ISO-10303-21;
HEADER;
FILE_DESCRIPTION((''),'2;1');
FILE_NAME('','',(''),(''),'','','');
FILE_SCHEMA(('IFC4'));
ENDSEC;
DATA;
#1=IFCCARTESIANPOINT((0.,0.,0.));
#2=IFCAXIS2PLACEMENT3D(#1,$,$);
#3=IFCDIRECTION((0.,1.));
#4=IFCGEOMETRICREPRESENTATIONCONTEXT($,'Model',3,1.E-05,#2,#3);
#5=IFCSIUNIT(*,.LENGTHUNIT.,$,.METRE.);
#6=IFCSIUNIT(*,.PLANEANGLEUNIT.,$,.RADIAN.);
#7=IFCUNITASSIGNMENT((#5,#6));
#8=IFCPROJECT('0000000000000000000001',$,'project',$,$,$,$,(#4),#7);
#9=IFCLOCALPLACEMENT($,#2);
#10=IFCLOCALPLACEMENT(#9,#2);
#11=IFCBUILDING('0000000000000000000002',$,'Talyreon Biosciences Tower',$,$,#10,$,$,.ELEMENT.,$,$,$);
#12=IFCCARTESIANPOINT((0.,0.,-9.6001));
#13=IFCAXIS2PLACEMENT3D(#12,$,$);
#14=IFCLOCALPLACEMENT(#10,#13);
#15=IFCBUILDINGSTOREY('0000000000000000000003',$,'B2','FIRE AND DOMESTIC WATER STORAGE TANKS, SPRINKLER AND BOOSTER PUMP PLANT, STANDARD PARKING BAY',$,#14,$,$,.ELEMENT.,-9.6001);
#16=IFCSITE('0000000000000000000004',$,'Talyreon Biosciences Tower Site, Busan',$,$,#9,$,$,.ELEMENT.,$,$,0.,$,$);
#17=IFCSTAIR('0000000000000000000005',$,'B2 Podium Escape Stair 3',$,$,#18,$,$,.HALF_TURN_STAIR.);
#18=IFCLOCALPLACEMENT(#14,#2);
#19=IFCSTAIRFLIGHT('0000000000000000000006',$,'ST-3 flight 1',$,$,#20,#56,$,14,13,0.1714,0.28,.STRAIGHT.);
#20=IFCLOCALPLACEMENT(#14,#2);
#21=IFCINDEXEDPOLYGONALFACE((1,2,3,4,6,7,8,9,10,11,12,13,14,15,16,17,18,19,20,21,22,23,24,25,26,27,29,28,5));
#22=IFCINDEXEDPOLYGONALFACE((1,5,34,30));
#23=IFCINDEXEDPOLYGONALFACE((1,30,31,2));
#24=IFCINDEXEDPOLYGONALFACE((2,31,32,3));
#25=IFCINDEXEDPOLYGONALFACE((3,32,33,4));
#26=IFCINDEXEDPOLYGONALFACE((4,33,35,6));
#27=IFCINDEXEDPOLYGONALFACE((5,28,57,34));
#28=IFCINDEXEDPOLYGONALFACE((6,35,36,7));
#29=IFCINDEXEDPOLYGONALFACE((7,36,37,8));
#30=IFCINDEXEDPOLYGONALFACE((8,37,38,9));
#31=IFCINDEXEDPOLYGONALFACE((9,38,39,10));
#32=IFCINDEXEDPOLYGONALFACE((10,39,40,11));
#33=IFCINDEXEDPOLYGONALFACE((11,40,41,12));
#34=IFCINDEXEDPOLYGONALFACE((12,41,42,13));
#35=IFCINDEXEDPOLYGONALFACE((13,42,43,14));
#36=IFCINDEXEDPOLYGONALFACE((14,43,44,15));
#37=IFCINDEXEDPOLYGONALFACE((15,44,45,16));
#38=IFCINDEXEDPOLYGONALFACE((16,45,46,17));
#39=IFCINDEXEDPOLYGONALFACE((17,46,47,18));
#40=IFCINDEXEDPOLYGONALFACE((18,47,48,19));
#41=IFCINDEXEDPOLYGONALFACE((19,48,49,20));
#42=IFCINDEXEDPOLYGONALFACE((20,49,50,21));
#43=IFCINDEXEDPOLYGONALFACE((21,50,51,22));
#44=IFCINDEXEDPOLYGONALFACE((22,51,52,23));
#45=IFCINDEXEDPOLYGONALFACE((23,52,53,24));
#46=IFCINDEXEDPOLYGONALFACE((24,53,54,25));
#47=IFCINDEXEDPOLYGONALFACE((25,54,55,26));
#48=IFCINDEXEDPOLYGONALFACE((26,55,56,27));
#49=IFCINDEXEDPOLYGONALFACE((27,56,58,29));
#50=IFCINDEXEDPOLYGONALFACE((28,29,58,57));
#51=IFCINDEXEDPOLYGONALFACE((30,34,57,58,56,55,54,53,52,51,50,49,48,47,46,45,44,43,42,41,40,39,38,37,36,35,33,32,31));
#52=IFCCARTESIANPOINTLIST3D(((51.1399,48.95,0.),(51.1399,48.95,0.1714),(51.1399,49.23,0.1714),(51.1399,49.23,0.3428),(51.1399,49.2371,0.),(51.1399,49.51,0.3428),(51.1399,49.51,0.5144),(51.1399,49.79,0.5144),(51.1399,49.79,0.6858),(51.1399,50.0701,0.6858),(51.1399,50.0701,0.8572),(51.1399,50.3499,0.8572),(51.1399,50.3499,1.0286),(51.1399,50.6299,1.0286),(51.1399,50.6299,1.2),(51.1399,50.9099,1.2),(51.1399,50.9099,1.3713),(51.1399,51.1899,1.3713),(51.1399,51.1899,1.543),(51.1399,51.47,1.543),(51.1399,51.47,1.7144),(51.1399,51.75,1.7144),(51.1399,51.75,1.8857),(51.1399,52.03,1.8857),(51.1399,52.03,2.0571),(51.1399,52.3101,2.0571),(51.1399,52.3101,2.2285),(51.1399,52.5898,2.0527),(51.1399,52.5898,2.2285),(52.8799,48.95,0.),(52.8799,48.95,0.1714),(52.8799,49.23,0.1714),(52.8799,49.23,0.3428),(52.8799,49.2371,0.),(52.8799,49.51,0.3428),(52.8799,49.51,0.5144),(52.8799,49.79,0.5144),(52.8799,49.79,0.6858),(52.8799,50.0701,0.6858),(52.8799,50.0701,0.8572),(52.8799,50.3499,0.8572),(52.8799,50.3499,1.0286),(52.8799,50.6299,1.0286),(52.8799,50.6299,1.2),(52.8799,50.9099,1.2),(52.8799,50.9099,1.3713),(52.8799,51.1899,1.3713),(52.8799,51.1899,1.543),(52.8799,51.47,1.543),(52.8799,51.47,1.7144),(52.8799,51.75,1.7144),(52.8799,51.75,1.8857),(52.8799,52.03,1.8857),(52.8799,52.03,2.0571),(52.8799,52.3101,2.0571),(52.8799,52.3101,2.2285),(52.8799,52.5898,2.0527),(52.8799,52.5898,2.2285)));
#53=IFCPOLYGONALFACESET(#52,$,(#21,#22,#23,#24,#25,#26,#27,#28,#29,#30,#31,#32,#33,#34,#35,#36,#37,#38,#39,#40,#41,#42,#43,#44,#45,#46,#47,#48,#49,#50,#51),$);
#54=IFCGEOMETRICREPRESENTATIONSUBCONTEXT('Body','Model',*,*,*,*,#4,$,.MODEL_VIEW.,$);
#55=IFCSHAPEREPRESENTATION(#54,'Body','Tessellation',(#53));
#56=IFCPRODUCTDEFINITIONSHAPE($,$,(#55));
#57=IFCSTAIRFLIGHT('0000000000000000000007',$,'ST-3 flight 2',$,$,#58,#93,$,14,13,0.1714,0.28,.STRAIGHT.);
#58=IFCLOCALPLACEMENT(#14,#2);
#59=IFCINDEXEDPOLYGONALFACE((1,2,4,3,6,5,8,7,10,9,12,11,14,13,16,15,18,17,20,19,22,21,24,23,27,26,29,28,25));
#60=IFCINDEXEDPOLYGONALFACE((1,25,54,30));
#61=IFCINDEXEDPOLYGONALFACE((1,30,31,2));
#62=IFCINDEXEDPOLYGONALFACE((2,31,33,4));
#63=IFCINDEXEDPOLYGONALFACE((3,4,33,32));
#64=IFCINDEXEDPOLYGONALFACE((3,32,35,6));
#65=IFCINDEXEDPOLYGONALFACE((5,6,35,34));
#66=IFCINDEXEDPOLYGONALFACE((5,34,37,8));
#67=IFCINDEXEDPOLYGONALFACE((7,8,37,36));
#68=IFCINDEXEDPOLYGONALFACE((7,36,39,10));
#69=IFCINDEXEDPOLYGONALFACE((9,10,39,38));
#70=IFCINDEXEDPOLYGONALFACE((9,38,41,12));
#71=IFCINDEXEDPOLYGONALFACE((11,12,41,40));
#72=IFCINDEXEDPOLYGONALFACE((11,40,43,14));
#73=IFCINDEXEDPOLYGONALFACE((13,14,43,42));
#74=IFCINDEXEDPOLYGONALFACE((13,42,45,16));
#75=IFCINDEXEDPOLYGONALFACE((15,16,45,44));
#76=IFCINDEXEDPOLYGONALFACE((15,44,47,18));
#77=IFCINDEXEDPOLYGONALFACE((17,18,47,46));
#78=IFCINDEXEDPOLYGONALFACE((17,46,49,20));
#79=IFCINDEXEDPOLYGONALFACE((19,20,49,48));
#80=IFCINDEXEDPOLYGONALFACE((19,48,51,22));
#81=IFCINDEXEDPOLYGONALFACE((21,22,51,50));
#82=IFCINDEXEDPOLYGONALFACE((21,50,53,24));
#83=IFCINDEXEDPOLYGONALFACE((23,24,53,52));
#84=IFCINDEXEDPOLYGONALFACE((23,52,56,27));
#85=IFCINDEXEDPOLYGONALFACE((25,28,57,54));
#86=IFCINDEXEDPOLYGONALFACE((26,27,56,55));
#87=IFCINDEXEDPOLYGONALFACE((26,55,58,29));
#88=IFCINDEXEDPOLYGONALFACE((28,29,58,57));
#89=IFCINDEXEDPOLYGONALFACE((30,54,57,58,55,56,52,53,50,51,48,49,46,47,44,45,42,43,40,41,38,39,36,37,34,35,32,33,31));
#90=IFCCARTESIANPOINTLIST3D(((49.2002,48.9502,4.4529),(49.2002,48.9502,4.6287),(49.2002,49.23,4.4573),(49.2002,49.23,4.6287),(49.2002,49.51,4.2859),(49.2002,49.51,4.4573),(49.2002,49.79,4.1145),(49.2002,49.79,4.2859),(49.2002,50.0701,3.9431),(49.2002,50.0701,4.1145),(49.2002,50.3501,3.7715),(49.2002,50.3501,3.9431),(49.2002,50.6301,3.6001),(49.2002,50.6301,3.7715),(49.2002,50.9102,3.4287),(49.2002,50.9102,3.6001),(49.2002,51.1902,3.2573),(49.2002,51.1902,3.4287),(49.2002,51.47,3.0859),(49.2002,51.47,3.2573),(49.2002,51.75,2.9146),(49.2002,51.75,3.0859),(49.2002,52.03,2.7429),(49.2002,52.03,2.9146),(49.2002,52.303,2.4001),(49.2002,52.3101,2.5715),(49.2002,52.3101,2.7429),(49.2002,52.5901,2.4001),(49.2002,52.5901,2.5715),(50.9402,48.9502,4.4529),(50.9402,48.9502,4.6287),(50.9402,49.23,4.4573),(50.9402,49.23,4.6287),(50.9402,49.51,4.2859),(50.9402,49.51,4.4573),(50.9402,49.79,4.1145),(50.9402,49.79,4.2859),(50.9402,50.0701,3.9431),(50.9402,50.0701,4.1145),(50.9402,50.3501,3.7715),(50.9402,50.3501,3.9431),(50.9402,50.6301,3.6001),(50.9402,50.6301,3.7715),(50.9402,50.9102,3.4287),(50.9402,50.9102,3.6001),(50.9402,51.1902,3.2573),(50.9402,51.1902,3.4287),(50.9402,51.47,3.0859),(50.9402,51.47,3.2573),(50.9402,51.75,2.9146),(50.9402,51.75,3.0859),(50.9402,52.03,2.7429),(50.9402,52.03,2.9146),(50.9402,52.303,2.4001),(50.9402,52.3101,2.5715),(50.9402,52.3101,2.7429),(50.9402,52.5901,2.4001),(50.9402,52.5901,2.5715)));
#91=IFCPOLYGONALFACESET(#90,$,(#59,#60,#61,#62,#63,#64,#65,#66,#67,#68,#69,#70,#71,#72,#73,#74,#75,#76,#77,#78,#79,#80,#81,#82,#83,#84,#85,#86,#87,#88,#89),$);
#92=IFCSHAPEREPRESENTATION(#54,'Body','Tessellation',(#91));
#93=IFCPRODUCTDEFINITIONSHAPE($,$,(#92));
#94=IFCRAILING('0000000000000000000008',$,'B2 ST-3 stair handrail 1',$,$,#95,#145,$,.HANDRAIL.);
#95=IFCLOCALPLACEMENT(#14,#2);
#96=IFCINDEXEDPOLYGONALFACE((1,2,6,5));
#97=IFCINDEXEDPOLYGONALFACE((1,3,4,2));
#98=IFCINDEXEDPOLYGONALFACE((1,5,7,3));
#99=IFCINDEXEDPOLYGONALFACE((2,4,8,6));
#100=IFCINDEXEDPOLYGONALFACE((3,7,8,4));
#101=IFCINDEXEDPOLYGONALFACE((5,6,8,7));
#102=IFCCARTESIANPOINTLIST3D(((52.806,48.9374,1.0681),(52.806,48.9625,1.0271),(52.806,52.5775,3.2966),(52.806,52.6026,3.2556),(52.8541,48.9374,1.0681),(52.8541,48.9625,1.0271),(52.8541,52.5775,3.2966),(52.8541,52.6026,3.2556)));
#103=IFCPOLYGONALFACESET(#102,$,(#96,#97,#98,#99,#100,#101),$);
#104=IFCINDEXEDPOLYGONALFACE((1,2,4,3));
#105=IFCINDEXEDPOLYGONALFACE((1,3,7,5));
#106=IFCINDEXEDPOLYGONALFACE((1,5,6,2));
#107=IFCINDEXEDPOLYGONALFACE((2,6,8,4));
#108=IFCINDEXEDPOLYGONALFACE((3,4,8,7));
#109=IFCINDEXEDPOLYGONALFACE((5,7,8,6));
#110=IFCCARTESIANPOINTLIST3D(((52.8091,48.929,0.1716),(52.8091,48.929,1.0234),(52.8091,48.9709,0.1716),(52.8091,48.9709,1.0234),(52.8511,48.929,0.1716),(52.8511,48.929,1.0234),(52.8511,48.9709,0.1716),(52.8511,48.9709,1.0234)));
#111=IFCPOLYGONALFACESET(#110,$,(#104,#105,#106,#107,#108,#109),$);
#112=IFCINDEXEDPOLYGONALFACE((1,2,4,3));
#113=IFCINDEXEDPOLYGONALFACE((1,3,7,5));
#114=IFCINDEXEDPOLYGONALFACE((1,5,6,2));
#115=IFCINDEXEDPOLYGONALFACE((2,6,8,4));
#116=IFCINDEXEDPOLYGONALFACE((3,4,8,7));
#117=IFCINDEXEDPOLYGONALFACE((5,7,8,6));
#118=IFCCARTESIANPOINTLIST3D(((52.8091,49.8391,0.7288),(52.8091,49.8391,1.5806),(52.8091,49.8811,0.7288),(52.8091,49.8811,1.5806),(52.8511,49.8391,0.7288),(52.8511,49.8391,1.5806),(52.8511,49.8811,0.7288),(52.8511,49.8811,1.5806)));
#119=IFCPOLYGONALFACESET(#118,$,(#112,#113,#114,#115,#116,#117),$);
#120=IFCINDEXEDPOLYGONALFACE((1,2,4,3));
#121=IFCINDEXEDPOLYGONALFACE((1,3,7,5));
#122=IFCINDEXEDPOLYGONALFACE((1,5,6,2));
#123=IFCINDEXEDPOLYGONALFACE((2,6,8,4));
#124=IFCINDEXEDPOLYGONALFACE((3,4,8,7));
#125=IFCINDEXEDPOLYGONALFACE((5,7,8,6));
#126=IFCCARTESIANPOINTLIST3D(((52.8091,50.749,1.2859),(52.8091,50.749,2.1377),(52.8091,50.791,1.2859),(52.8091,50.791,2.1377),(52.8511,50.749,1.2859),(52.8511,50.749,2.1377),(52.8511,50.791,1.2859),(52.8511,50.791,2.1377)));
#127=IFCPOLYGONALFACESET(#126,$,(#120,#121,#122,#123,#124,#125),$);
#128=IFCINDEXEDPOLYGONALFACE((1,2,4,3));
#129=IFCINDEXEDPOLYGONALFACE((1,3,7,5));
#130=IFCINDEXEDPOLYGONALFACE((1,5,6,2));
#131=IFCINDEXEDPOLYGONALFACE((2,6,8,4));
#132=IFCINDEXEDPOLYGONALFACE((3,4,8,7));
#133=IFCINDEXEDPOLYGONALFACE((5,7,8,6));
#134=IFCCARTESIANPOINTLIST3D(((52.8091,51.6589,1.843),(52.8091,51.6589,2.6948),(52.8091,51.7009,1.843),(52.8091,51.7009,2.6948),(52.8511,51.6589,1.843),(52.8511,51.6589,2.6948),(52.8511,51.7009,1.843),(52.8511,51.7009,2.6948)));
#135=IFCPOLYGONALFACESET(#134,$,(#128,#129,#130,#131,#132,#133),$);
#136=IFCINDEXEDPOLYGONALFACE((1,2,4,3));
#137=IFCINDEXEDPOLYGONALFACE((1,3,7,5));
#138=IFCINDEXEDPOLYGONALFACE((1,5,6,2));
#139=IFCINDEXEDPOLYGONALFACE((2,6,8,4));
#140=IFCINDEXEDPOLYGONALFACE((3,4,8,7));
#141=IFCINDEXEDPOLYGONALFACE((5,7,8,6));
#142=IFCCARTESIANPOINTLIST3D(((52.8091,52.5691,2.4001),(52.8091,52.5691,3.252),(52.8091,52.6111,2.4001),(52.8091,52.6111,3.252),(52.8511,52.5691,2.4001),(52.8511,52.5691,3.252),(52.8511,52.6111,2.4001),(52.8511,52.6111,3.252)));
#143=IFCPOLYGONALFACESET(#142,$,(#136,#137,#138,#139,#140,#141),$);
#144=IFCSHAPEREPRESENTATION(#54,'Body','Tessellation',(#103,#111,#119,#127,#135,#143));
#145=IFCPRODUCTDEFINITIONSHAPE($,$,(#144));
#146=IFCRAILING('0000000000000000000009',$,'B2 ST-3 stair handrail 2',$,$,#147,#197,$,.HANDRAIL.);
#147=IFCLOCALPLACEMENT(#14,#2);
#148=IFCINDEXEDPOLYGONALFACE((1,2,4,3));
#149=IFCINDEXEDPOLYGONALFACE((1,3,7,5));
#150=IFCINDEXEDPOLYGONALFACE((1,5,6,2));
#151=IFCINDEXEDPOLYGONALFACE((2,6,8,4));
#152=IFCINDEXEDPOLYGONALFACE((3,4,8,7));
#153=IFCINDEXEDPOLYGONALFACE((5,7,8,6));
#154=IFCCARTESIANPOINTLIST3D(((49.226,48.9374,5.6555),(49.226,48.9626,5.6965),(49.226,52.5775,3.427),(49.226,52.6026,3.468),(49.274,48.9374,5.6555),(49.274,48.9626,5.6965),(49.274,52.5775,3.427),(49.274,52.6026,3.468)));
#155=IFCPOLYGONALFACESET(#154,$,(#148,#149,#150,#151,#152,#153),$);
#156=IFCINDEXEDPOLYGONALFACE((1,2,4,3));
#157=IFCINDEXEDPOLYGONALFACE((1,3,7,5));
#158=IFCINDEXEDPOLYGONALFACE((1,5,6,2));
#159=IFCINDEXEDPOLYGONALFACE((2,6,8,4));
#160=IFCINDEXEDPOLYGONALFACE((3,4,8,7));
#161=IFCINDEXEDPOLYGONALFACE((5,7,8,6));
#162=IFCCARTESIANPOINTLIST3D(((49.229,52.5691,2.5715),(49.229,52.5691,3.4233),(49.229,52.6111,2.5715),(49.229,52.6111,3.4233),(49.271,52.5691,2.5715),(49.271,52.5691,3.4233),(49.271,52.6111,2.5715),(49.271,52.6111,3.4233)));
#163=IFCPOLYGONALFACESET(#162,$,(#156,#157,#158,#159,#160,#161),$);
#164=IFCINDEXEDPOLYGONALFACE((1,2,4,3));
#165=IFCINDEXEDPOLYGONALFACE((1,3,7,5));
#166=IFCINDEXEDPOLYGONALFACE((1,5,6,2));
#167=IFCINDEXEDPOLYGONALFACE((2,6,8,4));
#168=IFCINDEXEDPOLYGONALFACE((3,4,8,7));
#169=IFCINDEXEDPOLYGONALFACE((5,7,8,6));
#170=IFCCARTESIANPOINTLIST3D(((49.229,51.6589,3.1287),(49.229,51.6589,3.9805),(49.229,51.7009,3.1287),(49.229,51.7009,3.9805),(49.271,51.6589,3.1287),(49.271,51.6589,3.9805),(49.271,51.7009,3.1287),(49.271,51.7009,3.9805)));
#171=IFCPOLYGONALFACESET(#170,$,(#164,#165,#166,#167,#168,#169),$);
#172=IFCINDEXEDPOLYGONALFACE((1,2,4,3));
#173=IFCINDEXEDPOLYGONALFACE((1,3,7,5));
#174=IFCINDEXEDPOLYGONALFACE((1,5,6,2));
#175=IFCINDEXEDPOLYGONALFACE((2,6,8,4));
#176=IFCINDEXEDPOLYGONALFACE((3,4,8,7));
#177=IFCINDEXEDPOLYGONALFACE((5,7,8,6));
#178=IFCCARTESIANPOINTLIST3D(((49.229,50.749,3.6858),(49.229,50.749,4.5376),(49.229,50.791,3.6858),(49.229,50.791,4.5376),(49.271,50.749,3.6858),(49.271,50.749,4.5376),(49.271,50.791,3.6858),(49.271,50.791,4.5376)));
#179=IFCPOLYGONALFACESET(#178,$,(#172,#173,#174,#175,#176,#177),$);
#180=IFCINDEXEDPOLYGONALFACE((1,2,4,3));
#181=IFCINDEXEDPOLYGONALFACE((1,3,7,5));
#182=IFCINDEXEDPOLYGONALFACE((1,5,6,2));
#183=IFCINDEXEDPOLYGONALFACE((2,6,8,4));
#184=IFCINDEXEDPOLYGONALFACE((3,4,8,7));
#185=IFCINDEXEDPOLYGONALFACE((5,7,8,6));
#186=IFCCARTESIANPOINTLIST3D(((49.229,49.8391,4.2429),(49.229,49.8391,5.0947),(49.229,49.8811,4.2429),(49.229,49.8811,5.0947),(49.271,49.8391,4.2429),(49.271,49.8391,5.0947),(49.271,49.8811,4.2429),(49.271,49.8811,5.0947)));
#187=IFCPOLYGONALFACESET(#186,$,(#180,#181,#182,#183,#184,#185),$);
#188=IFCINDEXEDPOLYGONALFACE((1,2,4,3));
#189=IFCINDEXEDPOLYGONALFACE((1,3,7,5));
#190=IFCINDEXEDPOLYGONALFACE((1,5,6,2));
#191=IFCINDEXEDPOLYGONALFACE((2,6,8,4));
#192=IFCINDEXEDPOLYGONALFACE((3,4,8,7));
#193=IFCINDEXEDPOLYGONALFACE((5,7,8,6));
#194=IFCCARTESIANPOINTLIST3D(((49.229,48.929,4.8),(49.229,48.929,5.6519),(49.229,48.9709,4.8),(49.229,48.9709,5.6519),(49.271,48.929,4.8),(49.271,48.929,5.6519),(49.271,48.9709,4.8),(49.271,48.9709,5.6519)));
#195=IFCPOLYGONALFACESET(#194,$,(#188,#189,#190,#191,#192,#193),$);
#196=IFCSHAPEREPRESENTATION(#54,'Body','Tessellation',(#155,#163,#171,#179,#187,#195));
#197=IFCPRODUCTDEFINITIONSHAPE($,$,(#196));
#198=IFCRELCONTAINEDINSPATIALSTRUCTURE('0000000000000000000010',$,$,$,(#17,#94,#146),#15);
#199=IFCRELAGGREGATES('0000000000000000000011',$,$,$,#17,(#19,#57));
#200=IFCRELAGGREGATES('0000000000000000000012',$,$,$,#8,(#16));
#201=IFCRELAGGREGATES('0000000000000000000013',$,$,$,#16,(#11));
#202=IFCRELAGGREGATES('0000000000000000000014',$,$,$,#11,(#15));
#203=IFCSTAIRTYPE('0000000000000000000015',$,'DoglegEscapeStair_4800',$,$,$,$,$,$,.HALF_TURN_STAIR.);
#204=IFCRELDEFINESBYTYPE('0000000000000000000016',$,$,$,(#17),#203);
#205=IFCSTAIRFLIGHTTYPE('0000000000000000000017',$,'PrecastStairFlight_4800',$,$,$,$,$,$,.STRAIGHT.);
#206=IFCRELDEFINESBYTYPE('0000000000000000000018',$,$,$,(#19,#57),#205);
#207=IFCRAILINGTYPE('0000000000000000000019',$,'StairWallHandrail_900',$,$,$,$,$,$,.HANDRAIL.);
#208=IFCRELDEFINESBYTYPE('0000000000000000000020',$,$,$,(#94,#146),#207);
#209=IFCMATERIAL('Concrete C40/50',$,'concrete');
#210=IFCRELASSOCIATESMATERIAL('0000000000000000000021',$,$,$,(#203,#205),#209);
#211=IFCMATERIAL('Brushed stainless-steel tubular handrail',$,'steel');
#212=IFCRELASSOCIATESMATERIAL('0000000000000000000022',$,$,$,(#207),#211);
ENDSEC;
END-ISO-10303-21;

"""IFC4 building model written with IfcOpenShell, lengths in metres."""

from ifc_helpers import new_model, si_unit, direction, frame, origin, origin_2d, place, context, subcontext, project, spatial, polyline, rectangle, outline, extrude, material, type_object, element, aggregate, save


model = new_model("IFC4")

# Units and contexts
model_context = context("Model", 3, precision=1e-05, world=origin(), true_north=direction((0.0, 1.0)))
body_context = subcontext(model_context, "Body", "Model", "MODEL_VIEW")
ifc_project = project(units=[si_unit("LENGTHUNIT", "METRE"), si_unit("PLANEANGLEUNIT", "RADIAN")], contexts=[model_context])

# Site, building, storey
site_placement = place(None, origin())
site = spatial("IfcSite", under=ifc_project, at=site_placement, Name="Talyreon Biosciences Tower Site, Busan", CompositionType="ELEMENT", RefElevation=0.0)
building_placement = place(site_placement, origin())
building = spatial("IfcBuilding", under=site, at=building_placement, Name="Talyreon Biosciences Tower", CompositionType="ELEMENT")
storey_placement = place(building_placement, frame((0.0, 0.0, -9.6001)))
storey = spatial("IfcBuildingStorey", under=building, at=storey_placement, Name="B2", Description="FIRE AND DOMESTIC WATER STORAGE TANKS, SPRINKLER AND BOOSTER PUMP PLANT, STANDARD PARKING BAY", CompositionType="ELEMENT", Elevation=-9.6001)

# Stair, stair flights
ifc_material_1 = material(Name="Concrete C40/50", Category="concrete")
stair_type = type_object("IfcStairType", Name="DoglegEscapeStair_4800", PredefinedType="HALF_TURN_STAIR", material=ifc_material_1)
stair_placement = place(storey_placement, origin())
stair = element("IfcStair", 1, at=stair_placement, inside=storey, type_object=stair_type, Name="B2 Podium Escape Stair 3", PredefinedType="HALF_TURN_STAIR")
stair_flight_type = type_object("IfcStairFlightType", Name="PrecastStairFlight_4800", PredefinedType="STRAIGHT", material=ifc_material_1)
stair_flight_1_placement = place(storey_placement, frame((52.01, 48.95, 0.0), z_axis=(0.0, 0.0, 1.0), x_axis=(0.0, 1.0, 0.0)))
stair_flight_1 = element("IfcStairFlight", 2, at=stair_flight_1_placement, type_object=stair_flight_type, Name="ST-3 flight 1", NumberOfRisers=14, NumberOfTreads=13, PredefinedType="STRAIGHT", RiserHeight=0.1714, TreadLength=0.28, context=body_context, shape_type="SweptSolid", body=[
    extrude(outline(polyline([(0.0, 0.0), (0.0, 0.1714), (0.28, 0.1714), (0.28, 0.3428), (0.5601, 0.3428), (0.5601, 0.5144), (0.8401, 0.5144), (0.8401, 0.6858), (1.1201, 0.6858), (1.1201, 0.8572), (1.3999, 0.8572), (1.3999, 1.0286), (1.6799, 1.0286), (1.6799, 1.2), (1.96, 1.2), (1.96, 1.3713), (2.24, 1.3713), (2.24, 1.543), (2.52, 1.543), (2.52, 1.7144), (2.8, 1.7144), (2.8, 1.8857), (3.0801, 1.8857), (3.0801, 2.0571), (3.3601, 2.0571), (3.3601, 2.2285), (3.6399, 2.2285), (3.6399, 2.3999), (3.6399, 2.0527), (0.2871, 0.0), (0.0, 0.0)])), frame((0.0, 0.8701, 0.0), z_axis=(0.0, -1.0, 0.0), x_axis=(1.0, 0.0, 0.0)), (0.0, 0.0, 1.0), 1.74),
])
stair_flight_2_placement = place(storey_placement, frame((50.0701, 52.5901, 2.4001), z_axis=(0.0, 0.0, 1.0), x_axis=(0.0, -1.0, 0.0)))
stair_flight_2 = element("IfcStairFlight", 3, at=stair_flight_2_placement, type_object=stair_flight_type, Name="ST-3 flight 2", NumberOfRisers=14, NumberOfTreads=13, PredefinedType="STRAIGHT", RiserHeight=0.1714, TreadLength=0.28, context=body_context, shape_type="SweptSolid", body=[
    extrude(outline(polyline([(0.0, 0.0), (0.0, 0.1714), (0.28, 0.1714), (0.28, 0.3428), (0.5601, 0.3428), (0.5601, 0.5144), (0.8401, 0.5144), (0.8401, 0.6858), (1.1201, 0.6858), (1.1201, 0.8572), (1.3999, 0.8572), (1.3999, 1.0286), (1.6799, 1.0286), (1.6799, 1.2), (1.96, 1.2), (1.96, 1.3713), (2.24, 1.3713), (2.24, 1.543), (2.52, 1.543), (2.52, 1.7144), (2.8, 1.7144), (2.8, 1.8857), (3.0801, 1.8857), (3.0801, 2.0571), (3.3601, 2.0571), (3.3601, 2.2285), (3.6399, 2.2285), (3.6399, 2.3999), (3.6399, 2.0527), (0.2871, 0.0), (0.0, 0.0)])), frame((0.0, 0.8701, 0.0), z_axis=(0.0, -1.0, 0.0), x_axis=(1.0, 0.0, 0.0)), (0.0, 0.0, 1.0), 1.74),
])
aggregate(stair, [stair_flight_1, stair_flight_2])

# Railings
ifc_material_2 = material(Name="Brushed stainless-steel tubular handrail", Category="steel")
railing_type_1 = type_object("IfcRailingType", Name="StairWallHandrail_900", PredefinedType="HANDRAIL", material=ifc_material_2)
railing_1_placement = place(storey_placement, frame((52.8301, 48.95, 0.1716)))
element("IfcRailing", 4, at=railing_1_placement, inside=storey, type_object=railing_type_1, Name="B2 ST-3 stair handrail 1", PredefinedType="HANDRAIL", context=body_context, shape_type="SweptSolid", body=[
    extrude(rectangle(XDim=0.0481, YDim=0.0481, at=origin_2d()), frame((0.0, 0.0, 0.876), z_axis=(0.0, 0.852866, 0.52213), x_axis=(-1.0, 0.0, 0.0)), (0.0, 0.0, 1.0), 4.2681),
    extrude(rectangle(XDim=0.042, YDim=0.042, at=origin_2d()), origin(), (0.0, 0.0, 1.0), 0.8518),
    extrude(rectangle(XDim=0.042, YDim=0.042, at=origin_2d()), frame((0.0, 0.9102, 0.5571)), (0.0, 0.0, 1.0), 0.8518),
    extrude(rectangle(XDim=0.042, YDim=0.042, at=origin_2d()), frame((0.0, 1.8201, 1.1143)), (0.0, 0.0, 1.0), 0.8518),
    extrude(rectangle(XDim=0.042, YDim=0.042, at=origin_2d()), frame((0.0, 2.73, 1.6714)), (0.0, 0.0, 1.0), 0.8518),
    extrude(rectangle(XDim=0.042, YDim=0.042, at=origin_2d()), frame((0.0, 3.6401, 2.2285)), (0.0, 0.0, 1.0), 0.8518),
])
railing_2_placement = place(storey_placement, frame((49.25, 52.5901, 2.5715)))
element("IfcRailing", 5, at=railing_2_placement, inside=storey, type_object=railing_type_1, Name="B2 ST-3 stair handrail 2", PredefinedType="HANDRAIL", context=body_context, shape_type="SweptSolid", body=[
    extrude(rectangle(XDim=0.0481, YDim=0.0481, at=origin_2d()), frame((0.0, 0.0, 0.876), z_axis=(0.0, -0.852866, 0.52213), x_axis=(1.0, 0.0, 0.0)), (0.0, 0.0, 1.0), 4.2681),
    extrude(rectangle(XDim=0.042, YDim=0.042, at=origin_2d()), origin(), (0.0, 0.0, 1.0), 0.8518),
    extrude(rectangle(XDim=0.042, YDim=0.042, at=origin_2d()), frame((0.0, -0.9102, 0.5571)), (0.0, 0.0, 1.0), 0.8518),
    extrude(rectangle(XDim=0.042, YDim=0.042, at=origin_2d()), frame((0.0, -1.8201, 1.1143)), (0.0, 0.0, 1.0), 0.8518),
    extrude(rectangle(XDim=0.042, YDim=0.042, at=origin_2d()), frame((0.0, -2.73, 1.6714)), (0.0, 0.0, 1.0), 0.8518),
    extrude(rectangle(XDim=0.042, YDim=0.042, at=origin_2d()), frame((0.0, -3.6401, 2.2285)), (0.0, 0.0, 1.0), 0.8518),
])

save(model, "model.ifc")
